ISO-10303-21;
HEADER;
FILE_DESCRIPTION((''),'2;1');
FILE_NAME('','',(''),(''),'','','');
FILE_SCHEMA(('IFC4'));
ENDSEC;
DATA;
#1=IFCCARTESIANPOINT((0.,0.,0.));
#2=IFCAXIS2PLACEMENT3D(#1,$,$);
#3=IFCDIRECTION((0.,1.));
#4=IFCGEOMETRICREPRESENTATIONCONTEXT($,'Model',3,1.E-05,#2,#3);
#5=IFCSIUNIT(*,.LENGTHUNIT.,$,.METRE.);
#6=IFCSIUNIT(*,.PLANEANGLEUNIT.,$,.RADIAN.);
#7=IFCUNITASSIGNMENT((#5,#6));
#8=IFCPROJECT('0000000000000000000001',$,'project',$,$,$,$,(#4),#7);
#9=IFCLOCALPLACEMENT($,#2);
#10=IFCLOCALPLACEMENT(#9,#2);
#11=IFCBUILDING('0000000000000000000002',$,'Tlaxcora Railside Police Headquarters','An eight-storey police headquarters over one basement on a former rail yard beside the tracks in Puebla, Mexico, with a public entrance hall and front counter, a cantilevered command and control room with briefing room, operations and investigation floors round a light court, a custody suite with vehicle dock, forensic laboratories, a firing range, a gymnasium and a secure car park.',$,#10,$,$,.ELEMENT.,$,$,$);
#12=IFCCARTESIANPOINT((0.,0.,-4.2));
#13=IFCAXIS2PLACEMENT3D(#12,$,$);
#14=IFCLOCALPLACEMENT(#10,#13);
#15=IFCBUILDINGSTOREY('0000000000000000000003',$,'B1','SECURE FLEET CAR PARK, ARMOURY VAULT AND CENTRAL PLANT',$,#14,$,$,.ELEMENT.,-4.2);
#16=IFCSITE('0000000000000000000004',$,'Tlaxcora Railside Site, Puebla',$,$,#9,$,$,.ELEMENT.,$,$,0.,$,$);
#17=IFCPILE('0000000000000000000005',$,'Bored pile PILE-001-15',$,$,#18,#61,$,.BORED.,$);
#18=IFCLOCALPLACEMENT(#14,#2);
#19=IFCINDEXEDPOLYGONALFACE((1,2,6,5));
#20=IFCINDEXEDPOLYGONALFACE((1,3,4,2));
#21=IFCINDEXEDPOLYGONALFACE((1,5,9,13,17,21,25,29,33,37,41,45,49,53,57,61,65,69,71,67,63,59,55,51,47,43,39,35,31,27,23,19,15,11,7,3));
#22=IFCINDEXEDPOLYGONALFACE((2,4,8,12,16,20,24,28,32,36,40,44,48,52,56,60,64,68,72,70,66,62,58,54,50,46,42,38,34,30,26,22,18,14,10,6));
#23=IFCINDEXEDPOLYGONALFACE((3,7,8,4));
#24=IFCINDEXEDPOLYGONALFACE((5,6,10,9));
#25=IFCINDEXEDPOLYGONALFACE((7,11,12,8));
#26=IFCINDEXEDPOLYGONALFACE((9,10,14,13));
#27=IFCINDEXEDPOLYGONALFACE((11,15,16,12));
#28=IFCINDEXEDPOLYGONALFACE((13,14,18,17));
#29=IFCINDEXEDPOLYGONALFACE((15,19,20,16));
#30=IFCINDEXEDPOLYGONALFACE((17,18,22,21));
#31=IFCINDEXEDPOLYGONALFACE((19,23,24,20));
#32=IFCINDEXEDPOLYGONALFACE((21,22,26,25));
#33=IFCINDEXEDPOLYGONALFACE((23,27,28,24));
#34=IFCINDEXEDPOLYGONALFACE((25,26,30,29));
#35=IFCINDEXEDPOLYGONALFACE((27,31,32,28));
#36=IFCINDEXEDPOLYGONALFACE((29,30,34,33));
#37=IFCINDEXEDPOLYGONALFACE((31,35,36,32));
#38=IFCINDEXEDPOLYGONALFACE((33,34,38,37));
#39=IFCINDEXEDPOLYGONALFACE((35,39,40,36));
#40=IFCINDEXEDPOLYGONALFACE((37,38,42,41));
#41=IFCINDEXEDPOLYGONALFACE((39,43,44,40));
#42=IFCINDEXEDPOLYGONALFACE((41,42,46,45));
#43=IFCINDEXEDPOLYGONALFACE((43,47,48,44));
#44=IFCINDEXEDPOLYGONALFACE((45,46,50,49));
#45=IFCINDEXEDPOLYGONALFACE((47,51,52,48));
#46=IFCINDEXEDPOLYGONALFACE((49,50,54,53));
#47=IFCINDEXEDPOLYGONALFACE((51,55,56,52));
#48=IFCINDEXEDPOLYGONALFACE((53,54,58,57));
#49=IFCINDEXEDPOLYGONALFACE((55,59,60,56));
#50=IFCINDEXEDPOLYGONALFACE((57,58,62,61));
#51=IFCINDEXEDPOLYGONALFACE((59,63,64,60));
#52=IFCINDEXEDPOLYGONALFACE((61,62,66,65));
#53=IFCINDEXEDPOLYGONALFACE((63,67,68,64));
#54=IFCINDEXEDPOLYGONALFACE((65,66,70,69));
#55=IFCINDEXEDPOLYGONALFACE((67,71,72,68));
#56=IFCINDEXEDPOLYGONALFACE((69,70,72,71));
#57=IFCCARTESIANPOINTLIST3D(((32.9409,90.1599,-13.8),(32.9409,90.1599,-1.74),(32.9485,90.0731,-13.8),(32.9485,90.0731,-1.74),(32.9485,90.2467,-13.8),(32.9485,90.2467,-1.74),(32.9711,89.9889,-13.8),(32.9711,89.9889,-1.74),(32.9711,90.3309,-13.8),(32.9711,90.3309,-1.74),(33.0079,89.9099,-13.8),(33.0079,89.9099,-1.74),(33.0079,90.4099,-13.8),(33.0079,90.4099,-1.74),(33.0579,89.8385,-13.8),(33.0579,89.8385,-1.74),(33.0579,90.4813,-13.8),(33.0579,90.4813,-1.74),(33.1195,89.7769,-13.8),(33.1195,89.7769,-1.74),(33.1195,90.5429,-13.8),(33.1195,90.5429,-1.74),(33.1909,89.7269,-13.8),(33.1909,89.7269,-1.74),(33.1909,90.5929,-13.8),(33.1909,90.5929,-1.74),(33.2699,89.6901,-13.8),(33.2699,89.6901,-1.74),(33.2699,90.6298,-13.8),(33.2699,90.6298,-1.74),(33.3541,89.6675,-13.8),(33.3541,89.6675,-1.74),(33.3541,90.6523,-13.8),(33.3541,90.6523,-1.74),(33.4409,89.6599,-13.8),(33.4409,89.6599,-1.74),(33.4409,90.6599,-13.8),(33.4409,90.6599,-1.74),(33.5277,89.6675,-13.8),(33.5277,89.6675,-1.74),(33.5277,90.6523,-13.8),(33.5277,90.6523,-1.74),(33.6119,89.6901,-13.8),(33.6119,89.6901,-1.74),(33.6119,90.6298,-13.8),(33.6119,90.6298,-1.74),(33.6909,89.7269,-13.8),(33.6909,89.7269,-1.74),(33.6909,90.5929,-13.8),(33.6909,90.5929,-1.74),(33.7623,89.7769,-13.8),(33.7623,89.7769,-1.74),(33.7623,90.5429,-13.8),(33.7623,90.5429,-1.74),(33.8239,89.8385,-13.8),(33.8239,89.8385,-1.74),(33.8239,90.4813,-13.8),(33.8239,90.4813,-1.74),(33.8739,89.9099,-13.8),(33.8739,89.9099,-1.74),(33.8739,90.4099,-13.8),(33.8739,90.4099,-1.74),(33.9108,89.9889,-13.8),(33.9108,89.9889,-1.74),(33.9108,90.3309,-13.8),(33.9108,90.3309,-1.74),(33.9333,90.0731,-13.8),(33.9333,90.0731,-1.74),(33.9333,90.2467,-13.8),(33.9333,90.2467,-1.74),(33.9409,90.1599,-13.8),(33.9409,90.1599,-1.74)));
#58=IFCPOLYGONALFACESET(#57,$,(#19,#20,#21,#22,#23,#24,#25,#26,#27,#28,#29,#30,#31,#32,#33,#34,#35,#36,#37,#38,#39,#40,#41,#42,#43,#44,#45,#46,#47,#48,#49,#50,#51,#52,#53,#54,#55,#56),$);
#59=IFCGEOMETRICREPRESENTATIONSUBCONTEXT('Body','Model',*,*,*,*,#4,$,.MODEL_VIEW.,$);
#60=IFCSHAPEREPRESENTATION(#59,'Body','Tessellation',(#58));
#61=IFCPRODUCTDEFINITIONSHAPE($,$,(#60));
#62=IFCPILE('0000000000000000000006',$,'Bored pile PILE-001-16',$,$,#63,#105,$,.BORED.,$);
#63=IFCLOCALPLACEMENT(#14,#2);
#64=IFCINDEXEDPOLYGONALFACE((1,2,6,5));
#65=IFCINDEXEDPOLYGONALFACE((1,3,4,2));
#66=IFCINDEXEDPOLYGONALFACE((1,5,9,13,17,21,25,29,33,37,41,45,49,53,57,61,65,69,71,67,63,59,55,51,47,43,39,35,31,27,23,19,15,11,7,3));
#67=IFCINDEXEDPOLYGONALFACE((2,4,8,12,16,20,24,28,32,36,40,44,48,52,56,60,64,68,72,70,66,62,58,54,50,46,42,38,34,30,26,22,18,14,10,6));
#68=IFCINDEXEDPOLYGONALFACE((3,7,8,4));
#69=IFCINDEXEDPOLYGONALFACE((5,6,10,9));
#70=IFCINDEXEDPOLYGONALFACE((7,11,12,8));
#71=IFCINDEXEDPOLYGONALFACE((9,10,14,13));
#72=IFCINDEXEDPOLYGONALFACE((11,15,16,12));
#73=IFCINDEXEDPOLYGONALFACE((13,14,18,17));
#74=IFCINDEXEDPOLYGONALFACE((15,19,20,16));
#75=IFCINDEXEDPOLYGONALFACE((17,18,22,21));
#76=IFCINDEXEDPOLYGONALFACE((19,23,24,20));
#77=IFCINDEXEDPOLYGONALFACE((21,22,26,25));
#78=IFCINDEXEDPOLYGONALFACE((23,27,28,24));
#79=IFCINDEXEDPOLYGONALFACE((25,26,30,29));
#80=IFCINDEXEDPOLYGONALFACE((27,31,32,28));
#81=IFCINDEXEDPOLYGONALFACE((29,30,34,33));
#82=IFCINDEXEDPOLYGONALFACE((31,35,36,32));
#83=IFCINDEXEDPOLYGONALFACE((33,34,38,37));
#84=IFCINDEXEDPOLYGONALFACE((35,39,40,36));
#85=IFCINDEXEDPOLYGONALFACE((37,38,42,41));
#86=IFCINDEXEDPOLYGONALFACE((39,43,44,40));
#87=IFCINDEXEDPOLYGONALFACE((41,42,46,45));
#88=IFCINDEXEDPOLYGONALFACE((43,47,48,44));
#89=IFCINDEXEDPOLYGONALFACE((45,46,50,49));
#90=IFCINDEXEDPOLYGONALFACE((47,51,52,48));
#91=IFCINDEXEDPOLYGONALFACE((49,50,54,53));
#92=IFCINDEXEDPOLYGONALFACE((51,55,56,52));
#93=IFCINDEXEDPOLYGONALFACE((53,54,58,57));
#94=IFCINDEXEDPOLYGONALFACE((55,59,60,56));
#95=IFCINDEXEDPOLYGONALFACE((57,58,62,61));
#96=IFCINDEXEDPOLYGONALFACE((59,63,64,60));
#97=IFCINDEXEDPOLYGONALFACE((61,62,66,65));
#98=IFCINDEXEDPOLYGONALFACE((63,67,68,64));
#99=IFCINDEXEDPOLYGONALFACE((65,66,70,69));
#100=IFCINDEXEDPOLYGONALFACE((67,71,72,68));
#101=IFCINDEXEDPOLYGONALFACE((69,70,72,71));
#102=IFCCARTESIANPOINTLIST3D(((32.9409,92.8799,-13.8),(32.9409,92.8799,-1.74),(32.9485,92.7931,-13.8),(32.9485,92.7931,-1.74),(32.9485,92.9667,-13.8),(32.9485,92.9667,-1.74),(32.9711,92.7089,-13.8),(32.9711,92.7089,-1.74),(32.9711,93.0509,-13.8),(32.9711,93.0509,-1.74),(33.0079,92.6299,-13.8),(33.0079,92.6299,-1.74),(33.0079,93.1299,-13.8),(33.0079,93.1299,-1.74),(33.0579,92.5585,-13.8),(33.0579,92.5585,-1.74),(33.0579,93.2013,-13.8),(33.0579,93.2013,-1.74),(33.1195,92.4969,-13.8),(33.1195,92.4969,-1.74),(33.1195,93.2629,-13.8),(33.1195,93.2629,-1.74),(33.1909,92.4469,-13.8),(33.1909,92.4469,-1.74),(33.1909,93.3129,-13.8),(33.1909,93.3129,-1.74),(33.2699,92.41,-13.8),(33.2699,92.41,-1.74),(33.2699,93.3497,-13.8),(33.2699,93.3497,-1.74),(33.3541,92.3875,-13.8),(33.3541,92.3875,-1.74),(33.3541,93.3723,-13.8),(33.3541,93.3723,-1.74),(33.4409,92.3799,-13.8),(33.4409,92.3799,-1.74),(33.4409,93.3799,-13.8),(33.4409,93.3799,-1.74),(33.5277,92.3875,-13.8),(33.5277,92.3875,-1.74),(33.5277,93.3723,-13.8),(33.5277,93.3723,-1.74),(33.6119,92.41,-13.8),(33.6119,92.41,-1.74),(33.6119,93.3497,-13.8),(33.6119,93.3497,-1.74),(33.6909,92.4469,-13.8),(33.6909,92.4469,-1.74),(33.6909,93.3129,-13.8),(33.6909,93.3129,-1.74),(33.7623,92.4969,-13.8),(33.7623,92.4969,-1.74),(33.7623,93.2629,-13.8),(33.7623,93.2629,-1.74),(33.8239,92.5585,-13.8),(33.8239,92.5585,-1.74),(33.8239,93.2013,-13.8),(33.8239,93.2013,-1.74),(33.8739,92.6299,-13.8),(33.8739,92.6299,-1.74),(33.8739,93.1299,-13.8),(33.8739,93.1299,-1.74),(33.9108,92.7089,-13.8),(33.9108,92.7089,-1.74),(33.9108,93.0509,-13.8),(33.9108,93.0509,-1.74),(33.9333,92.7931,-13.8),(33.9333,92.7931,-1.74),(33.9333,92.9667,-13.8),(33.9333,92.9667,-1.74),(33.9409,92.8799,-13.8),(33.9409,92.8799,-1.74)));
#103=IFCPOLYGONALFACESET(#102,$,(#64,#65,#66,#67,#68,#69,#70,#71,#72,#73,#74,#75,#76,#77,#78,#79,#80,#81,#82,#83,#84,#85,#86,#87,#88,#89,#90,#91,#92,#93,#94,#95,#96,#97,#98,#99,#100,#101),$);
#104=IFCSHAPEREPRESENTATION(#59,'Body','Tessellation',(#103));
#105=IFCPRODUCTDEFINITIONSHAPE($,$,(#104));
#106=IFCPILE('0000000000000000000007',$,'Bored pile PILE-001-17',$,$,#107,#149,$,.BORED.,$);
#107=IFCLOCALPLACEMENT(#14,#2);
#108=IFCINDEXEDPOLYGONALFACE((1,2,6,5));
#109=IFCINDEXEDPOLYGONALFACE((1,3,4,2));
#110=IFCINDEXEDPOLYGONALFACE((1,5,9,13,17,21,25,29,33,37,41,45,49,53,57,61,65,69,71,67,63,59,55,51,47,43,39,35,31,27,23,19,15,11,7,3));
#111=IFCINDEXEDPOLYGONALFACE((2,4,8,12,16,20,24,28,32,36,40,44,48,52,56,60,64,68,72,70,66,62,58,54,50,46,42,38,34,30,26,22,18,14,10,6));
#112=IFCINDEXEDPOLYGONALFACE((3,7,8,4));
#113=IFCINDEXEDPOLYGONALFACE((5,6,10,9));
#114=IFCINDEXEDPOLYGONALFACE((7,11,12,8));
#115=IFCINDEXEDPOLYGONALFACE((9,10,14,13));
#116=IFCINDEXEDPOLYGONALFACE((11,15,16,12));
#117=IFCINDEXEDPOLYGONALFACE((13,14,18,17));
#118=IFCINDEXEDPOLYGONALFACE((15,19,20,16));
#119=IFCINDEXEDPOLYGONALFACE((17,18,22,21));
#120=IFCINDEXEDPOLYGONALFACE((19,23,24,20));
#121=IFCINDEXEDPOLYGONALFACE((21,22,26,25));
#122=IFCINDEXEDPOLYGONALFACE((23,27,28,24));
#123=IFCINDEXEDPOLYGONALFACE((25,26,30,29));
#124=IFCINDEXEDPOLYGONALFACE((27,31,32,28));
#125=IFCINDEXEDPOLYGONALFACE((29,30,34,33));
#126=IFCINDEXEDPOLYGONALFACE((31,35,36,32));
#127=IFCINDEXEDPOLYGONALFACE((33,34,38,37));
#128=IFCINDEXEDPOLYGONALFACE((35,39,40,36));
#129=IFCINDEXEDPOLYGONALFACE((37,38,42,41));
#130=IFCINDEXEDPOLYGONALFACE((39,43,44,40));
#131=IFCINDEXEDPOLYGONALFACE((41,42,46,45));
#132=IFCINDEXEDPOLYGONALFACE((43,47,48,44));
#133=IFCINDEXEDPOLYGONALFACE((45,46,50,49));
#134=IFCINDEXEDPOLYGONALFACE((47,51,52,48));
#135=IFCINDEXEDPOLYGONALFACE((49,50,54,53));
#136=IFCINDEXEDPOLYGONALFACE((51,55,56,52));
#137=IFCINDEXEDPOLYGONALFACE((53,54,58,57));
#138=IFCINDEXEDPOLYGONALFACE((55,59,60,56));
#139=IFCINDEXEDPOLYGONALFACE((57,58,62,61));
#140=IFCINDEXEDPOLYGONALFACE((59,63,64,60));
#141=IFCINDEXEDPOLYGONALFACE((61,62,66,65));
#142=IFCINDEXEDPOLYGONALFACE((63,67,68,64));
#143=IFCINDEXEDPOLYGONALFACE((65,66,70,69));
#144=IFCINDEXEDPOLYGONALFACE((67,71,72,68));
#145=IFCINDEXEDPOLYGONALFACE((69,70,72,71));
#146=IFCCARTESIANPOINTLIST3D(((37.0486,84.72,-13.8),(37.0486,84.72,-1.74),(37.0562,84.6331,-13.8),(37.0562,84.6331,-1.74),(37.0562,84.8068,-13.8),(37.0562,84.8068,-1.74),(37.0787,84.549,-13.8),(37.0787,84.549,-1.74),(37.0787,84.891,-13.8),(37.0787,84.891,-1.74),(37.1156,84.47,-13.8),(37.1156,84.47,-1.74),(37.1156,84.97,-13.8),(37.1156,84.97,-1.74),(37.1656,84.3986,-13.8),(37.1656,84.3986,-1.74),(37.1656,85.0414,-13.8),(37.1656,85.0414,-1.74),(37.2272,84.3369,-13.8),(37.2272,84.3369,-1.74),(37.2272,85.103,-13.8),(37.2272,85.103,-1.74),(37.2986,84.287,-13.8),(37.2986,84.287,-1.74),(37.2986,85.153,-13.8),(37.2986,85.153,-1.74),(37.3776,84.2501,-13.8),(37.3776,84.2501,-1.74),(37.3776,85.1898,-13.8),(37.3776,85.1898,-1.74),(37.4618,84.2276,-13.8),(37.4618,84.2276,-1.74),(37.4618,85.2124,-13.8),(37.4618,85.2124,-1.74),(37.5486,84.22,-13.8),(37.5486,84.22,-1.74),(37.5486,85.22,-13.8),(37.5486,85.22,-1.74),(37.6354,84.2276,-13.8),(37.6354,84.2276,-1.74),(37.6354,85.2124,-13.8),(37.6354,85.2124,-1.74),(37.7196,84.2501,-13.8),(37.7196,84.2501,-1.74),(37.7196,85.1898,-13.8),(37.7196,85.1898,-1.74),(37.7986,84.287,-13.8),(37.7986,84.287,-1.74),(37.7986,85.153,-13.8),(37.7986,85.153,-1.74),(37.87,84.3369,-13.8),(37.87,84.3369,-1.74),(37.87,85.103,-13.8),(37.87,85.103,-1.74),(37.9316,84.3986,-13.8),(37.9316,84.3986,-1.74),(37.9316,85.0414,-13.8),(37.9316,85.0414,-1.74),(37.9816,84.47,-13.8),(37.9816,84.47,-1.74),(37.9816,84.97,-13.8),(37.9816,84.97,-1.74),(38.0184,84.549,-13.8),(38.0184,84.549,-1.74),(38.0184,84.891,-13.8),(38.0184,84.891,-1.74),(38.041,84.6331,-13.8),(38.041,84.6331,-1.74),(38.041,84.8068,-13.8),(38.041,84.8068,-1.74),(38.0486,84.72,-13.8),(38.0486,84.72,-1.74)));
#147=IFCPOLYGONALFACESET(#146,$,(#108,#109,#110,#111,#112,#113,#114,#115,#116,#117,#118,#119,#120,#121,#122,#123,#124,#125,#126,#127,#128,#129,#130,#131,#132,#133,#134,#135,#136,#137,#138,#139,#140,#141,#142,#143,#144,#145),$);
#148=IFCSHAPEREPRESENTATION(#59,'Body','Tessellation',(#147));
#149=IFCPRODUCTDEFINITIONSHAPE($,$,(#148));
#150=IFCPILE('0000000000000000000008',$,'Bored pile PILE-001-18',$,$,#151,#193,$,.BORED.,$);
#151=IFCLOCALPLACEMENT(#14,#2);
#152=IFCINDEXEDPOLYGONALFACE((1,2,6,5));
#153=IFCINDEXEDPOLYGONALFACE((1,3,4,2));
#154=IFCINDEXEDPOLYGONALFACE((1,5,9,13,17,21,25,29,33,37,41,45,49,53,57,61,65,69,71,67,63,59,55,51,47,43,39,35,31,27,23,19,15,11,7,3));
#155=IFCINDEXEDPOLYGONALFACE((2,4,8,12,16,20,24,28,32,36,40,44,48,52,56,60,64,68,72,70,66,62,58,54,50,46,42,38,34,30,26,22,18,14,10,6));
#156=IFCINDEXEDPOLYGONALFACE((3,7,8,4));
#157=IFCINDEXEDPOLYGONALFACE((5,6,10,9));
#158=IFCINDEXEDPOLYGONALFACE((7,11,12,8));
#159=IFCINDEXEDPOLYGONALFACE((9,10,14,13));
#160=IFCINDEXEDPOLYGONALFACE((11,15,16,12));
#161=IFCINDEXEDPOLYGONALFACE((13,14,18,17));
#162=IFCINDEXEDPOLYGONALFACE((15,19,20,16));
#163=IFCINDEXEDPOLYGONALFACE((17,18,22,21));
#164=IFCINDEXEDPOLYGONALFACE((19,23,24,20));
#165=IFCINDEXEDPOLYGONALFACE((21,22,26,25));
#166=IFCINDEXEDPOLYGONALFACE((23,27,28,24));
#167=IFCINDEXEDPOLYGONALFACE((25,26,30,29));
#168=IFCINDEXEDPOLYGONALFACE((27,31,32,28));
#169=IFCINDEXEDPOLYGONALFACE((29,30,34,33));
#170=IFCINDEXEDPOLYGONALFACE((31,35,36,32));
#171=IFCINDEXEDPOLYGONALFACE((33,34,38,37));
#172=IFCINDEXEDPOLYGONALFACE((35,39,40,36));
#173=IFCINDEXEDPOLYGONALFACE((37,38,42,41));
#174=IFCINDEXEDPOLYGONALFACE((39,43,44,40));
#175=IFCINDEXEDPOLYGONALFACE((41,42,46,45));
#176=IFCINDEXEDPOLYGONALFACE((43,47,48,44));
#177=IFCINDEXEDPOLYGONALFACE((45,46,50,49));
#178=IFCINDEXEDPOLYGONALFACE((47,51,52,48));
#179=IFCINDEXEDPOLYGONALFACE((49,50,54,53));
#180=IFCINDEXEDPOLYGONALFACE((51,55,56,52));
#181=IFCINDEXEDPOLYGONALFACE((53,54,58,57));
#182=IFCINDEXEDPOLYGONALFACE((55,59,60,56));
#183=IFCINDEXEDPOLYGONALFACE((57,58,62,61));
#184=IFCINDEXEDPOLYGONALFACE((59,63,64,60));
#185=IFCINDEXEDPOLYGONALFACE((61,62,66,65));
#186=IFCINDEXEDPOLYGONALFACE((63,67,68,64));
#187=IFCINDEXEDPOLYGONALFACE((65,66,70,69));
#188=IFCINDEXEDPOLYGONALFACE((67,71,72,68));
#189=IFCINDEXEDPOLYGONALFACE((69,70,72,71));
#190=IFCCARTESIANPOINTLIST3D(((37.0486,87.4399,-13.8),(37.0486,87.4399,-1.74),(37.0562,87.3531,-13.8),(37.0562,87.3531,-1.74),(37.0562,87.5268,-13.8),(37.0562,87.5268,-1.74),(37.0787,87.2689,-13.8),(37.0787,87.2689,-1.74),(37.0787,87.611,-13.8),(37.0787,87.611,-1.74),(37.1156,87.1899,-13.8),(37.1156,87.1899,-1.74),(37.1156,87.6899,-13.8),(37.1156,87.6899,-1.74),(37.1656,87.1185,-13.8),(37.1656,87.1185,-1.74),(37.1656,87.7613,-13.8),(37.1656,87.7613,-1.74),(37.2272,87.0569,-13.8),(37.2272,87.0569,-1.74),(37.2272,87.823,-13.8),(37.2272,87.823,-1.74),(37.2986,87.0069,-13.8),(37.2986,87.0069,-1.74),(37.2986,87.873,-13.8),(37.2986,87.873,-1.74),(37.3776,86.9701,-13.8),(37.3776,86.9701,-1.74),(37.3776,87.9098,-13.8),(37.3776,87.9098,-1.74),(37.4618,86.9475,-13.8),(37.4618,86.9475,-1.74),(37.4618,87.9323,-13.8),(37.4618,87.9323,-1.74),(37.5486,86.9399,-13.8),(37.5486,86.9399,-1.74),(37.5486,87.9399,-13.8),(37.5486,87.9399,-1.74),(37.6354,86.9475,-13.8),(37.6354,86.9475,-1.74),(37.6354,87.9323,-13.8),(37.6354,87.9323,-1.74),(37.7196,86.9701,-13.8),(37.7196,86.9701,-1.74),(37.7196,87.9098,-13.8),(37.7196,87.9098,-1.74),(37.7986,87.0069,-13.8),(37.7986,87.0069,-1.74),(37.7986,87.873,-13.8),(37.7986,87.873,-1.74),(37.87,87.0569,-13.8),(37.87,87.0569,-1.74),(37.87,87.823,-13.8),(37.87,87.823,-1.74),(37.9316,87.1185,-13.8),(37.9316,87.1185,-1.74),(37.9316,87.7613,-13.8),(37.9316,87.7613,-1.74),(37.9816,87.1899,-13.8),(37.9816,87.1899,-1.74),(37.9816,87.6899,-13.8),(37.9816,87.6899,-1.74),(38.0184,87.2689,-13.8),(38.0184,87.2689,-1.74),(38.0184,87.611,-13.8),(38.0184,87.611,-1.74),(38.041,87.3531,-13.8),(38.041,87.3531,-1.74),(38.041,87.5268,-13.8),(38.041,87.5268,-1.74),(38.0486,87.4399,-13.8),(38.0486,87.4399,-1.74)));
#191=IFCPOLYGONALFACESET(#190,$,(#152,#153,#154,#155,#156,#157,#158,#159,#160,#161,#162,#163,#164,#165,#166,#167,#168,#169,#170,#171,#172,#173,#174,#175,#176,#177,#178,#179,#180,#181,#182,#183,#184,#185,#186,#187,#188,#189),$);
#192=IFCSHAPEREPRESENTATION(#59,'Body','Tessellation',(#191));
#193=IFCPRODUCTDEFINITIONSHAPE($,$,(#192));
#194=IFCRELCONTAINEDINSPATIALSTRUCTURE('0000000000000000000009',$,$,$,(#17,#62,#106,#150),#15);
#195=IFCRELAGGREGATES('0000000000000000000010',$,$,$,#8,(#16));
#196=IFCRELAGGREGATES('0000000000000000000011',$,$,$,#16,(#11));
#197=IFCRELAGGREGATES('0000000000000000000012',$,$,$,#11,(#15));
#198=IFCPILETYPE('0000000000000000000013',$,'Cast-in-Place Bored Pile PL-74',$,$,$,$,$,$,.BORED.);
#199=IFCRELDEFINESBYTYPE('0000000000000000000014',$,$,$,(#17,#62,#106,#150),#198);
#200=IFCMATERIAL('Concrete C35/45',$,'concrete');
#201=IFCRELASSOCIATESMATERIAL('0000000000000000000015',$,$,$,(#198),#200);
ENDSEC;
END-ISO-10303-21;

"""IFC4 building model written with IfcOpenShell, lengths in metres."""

from ifc_helpers import new_model, si_unit, direction, frame, origin, origin_2d, place, context, subcontext, project, spatial, circle, extrude, material, material_profile, profile_set, type_object, element, save


model = new_model("IFC4")

# Units and contexts
model_context = context("Model", 3, precision=1e-05, world=origin(), true_north=direction((0.0, 1.0)))
body_context = subcontext(model_context, "Body", "Model", "MODEL_VIEW")
ifc_project = project(units=[si_unit("LENGTHUNIT", "METRE"), si_unit("PLANEANGLEUNIT", "RADIAN")], contexts=[model_context])

# Site, building, storey
site_placement = place(None, origin())
site = spatial("IfcSite", under=ifc_project, at=site_placement, Name="Tlaxcora Railside Site, Puebla", CompositionType="ELEMENT", RefElevation=0.0)
building_placement = place(site_placement, origin())
building = spatial("IfcBuilding", under=site, at=building_placement, Name="Tlaxcora Railside Police Headquarters", Description="An eight-storey police headquarters over one basement on a former rail yard beside the tracks in Puebla, Mexico, with a public entrance hall and front counter, a cantilevered command and control room with briefing room, operations and investigation floors round a light court, a custody suite with vehicle dock, forensic laboratories, a firing range, a gymnasium and a secure car park.", CompositionType="ELEMENT")
storey_placement = place(building_placement, frame((0.0, 0.0, -4.2)))
storey = spatial("IfcBuildingStorey", under=building, at=storey_placement, Name="B1", Description="SECURE FLEET CAR PARK, ARMOURY VAULT AND CENTRAL PLANT", CompositionType="ELEMENT", Elevation=-4.2)

# Piles
ifc_material_1 = material(Name="Concrete C35/45", Category="concrete")
ifc_material_profile_1 = material_profile(ifc_material_1, circle(Radius=0.5, at=origin_2d()), Name="PILE1000")
ifc_profile_set_1 = profile_set([ifc_material_profile_1], Name="Concrete C35/45")
pile_type = type_object("IfcPileType", Name="Cast-in-Place Bored Pile PL-74", PredefinedType="BORED", material=ifc_profile_set_1)
for number, where, z_axis, x_axis, name in (
    (1, (33.4409, 90.1599, -1.74), (0.0, 0.0, -1.0), (1.0, 0.0, 0.0), "Bored pile PILE-001-15"),
    (2, (33.4409, 92.8799, -1.74), (0.0, 0.0, -1.0), (1.0, 0.0, 0.0), "Bored pile PILE-001-16"),
    (3, (37.5486, 84.72, -1.74), (0.0, 0.0, -1.0), (1.0, 0.0, 0.0), "Bored pile PILE-001-17"),
    (4, (37.5486, 87.4399, -1.74), (0.0, 0.0, -1.0), (1.0, 0.0, 0.0), "Bored pile PILE-001-18"),
):
    element("IfcPile", number, at=place(storey_placement, frame(where, z_axis=z_axis, x_axis=x_axis)), inside=storey, type_object=pile_type, Name=name, PredefinedType="BORED", context=body_context, shape_type="SweptSolid", body=[
        extrude(circle(Radius=0.5, at=origin_2d()), origin(), (0.0, 0.0, 1.0), 12.0601),
    ])

save(model, "model.ifc")
